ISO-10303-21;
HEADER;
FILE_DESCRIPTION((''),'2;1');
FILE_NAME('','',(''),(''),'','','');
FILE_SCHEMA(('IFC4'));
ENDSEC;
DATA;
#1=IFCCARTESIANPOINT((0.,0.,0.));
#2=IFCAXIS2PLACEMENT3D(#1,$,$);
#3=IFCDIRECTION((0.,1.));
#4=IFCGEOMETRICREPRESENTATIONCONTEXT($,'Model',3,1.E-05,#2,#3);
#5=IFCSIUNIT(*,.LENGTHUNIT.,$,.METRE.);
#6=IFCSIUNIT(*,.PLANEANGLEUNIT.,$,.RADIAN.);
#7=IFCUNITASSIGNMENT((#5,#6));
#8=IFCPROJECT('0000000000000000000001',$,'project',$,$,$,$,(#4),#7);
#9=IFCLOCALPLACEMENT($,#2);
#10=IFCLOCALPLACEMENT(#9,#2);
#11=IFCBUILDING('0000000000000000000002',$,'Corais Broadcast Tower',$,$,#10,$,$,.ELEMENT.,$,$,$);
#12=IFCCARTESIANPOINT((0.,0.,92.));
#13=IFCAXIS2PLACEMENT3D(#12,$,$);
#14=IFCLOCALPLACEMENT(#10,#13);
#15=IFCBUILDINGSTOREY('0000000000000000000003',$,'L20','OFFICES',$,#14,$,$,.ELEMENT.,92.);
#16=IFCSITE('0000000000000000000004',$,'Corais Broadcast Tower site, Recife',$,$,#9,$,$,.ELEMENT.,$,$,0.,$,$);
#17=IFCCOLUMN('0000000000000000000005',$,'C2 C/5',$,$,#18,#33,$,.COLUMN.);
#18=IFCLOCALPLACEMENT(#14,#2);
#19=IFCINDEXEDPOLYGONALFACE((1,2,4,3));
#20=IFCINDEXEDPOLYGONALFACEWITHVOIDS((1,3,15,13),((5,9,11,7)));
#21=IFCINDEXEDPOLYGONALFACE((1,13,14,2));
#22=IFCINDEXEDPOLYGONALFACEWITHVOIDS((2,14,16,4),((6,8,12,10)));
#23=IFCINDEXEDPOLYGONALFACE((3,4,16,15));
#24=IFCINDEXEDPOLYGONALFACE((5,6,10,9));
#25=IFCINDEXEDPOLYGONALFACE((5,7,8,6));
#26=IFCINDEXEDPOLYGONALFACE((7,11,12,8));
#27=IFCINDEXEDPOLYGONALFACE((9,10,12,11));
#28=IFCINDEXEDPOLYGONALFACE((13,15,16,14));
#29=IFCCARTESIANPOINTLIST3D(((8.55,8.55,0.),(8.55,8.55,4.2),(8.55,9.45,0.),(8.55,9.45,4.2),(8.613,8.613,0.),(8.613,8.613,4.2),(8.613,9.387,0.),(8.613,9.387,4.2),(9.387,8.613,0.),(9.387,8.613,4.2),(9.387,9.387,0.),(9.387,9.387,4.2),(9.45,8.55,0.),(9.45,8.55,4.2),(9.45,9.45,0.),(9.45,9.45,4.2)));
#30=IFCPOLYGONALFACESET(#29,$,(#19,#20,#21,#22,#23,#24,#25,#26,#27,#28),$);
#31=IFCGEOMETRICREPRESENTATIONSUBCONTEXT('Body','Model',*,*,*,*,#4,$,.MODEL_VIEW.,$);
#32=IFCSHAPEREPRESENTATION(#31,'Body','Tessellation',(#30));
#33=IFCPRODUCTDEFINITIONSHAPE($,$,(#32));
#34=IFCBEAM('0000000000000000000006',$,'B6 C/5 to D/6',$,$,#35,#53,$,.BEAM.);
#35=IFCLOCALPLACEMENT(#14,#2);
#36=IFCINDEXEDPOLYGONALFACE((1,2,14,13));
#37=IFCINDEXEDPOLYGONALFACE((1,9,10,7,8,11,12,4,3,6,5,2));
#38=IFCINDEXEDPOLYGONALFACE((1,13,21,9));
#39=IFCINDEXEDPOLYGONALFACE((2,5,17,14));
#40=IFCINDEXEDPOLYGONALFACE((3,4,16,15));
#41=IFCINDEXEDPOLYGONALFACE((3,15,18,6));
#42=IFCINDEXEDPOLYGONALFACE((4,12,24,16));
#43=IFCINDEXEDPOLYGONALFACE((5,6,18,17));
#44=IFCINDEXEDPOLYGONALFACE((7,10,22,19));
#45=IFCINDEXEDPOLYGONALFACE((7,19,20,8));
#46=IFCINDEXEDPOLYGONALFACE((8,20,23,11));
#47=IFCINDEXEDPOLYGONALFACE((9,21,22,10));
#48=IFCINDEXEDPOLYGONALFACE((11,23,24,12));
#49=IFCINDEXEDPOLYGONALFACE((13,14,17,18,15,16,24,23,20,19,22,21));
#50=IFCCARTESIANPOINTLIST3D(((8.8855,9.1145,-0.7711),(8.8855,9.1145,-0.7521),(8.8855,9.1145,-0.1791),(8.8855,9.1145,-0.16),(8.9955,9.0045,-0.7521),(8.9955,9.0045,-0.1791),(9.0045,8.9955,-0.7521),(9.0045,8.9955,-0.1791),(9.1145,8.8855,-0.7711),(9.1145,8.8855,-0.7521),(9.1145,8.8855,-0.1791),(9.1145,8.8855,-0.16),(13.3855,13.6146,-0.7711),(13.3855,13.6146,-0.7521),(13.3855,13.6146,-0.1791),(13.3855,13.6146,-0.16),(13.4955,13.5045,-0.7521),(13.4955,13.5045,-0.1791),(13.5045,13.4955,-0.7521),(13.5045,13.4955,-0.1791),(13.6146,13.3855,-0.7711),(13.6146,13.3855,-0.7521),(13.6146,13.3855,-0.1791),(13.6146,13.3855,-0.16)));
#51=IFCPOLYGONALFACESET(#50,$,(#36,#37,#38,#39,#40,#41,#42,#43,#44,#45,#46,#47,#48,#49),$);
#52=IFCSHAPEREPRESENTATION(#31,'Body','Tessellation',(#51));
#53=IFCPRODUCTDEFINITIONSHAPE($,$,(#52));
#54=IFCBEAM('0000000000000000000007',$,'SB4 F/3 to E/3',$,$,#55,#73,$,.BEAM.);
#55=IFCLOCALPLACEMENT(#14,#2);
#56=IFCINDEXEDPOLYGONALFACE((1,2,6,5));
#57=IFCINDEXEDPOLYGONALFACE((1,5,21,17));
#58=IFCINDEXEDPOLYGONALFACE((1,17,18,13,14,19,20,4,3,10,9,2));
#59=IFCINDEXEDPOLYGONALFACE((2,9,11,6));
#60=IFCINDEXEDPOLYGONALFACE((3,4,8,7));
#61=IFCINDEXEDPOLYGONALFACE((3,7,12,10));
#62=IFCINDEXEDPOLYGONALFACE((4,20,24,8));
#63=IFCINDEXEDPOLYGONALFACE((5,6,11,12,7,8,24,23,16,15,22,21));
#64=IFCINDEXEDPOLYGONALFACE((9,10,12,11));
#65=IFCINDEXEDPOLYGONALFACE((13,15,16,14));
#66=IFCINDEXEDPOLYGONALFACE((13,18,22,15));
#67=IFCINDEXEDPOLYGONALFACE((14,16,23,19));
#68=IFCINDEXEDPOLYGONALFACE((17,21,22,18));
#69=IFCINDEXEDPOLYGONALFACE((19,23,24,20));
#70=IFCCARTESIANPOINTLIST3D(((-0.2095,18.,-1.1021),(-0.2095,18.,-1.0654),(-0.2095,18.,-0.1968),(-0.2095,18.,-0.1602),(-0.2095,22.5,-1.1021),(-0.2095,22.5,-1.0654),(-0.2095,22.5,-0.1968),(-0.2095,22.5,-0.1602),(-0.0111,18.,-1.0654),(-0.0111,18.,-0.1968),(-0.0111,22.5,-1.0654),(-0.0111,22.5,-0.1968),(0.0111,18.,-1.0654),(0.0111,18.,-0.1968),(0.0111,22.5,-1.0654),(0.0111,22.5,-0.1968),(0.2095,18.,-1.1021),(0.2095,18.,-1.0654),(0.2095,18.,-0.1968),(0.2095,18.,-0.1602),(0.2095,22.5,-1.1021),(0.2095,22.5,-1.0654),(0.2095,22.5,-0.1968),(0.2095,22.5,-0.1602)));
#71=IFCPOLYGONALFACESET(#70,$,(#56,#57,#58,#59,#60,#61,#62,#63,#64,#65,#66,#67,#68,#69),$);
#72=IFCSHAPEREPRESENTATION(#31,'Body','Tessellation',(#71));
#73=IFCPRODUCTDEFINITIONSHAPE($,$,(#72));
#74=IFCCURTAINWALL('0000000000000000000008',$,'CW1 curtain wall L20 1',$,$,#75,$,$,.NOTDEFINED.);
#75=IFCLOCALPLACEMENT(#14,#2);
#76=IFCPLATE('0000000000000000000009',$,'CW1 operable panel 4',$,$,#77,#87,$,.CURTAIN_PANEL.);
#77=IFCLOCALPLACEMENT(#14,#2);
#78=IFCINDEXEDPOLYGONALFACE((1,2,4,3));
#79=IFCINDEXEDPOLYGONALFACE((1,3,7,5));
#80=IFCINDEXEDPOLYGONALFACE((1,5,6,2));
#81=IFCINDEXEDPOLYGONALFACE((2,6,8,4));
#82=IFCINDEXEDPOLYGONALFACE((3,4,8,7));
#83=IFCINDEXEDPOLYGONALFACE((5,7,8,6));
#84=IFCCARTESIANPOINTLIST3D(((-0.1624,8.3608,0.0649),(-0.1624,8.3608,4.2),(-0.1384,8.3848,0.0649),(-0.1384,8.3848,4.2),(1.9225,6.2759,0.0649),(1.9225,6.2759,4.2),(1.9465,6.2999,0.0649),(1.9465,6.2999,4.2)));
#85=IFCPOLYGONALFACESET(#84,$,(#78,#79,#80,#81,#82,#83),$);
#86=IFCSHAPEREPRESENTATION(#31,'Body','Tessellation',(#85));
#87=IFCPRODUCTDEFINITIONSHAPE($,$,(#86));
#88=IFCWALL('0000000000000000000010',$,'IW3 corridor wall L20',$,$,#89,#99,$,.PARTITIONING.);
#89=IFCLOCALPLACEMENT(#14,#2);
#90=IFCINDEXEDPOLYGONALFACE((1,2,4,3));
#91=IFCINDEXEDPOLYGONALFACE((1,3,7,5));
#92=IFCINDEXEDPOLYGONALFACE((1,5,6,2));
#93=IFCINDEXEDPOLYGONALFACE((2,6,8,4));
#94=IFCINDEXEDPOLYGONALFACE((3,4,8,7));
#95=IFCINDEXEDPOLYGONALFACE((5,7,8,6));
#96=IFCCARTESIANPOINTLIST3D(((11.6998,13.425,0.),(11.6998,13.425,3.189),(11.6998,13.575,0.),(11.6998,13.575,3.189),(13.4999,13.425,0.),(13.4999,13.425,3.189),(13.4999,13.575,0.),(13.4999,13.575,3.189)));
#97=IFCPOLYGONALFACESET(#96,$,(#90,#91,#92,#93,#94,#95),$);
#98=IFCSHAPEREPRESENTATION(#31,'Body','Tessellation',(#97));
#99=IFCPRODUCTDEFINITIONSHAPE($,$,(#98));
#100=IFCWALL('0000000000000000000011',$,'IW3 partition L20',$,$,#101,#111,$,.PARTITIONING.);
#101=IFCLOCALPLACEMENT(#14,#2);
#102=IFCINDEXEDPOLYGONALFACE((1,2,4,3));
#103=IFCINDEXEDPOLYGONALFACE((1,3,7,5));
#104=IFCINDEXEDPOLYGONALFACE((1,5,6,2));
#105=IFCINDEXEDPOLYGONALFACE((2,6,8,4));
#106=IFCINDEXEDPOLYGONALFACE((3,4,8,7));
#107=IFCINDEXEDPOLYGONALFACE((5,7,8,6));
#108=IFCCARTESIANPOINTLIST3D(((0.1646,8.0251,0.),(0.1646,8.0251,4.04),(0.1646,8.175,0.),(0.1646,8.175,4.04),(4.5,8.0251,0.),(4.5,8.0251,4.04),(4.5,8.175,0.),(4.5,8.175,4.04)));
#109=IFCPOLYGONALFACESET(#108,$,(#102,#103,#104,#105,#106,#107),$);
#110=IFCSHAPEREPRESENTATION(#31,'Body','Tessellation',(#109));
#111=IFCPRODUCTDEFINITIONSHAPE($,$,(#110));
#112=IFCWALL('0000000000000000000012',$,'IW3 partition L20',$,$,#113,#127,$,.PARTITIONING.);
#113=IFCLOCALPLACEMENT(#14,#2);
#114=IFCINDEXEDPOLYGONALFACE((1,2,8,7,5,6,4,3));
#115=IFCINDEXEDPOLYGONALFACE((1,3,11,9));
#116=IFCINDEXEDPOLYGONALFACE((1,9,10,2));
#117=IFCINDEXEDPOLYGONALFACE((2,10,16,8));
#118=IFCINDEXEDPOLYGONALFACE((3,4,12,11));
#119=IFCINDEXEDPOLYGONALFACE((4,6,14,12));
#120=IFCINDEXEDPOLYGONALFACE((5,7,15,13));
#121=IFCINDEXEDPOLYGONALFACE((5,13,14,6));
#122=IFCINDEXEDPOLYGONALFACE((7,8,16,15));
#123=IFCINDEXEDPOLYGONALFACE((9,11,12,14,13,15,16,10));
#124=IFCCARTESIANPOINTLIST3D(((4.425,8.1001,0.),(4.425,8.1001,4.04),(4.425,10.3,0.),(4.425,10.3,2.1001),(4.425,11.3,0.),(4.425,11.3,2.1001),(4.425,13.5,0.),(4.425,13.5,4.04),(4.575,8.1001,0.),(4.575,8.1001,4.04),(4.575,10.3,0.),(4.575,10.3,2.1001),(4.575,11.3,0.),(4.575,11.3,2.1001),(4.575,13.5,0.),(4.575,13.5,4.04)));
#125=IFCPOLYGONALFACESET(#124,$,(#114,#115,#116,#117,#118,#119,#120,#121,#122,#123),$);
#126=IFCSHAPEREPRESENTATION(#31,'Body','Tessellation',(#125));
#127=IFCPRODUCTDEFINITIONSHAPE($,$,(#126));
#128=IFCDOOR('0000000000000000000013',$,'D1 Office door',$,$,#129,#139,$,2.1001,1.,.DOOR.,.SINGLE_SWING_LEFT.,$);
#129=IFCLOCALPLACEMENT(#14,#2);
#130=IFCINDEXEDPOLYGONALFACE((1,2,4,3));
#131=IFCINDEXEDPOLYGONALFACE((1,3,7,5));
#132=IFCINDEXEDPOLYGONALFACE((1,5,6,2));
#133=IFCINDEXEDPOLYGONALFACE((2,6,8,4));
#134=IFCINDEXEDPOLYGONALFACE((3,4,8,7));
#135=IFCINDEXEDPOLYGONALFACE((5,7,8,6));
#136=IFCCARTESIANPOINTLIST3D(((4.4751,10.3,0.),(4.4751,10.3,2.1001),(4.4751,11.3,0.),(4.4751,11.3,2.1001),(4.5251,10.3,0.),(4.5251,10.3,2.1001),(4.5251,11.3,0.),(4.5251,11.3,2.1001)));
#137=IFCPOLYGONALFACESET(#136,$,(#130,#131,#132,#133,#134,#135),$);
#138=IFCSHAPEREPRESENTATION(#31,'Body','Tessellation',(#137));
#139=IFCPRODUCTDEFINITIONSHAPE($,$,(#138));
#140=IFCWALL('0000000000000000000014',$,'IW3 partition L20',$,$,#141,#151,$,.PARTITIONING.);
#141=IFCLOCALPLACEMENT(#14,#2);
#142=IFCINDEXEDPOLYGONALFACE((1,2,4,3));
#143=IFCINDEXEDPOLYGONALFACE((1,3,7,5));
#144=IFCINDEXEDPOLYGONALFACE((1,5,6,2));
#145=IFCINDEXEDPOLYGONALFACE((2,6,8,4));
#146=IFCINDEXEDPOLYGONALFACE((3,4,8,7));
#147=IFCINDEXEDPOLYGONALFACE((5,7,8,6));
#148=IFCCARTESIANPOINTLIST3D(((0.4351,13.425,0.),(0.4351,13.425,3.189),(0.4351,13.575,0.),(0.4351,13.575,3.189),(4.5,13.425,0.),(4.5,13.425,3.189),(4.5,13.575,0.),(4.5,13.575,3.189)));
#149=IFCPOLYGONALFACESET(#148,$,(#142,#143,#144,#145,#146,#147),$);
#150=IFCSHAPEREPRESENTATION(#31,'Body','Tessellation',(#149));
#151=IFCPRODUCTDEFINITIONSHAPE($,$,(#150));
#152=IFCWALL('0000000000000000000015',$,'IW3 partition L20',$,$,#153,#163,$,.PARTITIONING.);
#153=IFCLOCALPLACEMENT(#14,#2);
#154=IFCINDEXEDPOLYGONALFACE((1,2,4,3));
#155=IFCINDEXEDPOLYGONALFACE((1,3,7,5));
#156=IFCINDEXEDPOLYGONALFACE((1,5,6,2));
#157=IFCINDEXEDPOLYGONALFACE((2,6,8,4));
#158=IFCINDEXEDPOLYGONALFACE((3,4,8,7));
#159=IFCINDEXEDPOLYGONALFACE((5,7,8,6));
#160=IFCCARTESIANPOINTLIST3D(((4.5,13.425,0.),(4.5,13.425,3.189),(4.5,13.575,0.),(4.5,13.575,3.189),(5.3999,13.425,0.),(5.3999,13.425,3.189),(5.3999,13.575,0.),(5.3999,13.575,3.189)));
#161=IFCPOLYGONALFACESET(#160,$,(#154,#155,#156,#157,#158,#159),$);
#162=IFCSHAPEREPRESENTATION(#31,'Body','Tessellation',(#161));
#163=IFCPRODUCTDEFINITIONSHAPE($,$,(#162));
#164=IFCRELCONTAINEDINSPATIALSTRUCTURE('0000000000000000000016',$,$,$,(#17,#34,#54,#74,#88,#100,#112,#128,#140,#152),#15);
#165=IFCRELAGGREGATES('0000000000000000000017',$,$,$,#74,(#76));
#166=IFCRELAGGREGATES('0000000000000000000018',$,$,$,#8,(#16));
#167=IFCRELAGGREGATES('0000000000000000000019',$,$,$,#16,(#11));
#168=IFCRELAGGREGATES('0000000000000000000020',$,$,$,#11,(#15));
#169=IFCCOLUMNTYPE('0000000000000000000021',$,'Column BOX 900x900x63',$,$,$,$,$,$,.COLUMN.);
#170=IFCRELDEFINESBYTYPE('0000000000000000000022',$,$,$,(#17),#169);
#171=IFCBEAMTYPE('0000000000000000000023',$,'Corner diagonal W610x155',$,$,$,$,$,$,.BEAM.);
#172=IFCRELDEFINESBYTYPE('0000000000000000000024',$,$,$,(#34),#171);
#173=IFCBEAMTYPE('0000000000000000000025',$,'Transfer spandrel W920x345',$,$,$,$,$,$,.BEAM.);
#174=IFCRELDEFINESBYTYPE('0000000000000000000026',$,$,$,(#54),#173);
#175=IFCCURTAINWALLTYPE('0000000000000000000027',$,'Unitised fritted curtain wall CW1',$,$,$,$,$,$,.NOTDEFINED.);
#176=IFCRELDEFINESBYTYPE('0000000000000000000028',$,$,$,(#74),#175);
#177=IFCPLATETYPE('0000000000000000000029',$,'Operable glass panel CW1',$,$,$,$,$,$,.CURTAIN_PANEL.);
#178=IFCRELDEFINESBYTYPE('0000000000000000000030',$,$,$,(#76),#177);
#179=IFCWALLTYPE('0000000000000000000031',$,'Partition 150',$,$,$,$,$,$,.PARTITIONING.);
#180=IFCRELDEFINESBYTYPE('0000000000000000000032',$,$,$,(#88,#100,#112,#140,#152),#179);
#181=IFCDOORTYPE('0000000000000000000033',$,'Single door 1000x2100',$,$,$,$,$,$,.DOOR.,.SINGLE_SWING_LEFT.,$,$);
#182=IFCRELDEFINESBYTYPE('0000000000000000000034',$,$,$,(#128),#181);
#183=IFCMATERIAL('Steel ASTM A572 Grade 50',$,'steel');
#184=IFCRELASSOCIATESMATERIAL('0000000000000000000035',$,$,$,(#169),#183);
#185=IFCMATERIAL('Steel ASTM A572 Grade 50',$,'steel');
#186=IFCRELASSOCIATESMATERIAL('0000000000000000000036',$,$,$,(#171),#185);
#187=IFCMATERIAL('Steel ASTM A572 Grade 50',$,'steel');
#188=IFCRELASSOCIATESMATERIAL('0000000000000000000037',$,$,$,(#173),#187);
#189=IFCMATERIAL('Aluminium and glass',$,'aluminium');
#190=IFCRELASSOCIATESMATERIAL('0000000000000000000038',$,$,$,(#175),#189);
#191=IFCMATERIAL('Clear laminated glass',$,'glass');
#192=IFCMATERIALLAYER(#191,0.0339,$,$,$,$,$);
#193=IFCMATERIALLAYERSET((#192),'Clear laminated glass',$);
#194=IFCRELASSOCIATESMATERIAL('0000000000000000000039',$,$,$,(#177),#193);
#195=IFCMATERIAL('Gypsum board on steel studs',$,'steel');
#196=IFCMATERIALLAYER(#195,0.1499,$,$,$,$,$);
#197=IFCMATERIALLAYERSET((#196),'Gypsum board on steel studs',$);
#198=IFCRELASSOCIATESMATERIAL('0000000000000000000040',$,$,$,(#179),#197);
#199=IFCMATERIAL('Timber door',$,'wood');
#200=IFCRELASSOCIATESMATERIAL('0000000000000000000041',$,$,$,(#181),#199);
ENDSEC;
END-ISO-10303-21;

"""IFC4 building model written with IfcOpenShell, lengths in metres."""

from ifc_helpers import new_model, si_unit, direction, frame, frame_2d, origin, origin_2d, place, context, subcontext, project, spatial, rectangle, hollow_rectangle, i_section, extrude, material, layer, layer_set, material_profile, profile_set, type_object, element, fill, aggregate, save


model = new_model("IFC4")

# Units and contexts
model_context = context("Model", 3, precision=1e-05, world=origin(), true_north=direction((0.0, 1.0)))
body_context = subcontext(model_context, "Body", "Model", "MODEL_VIEW")
ifc_project = project(units=[si_unit("LENGTHUNIT", "METRE"), si_unit("PLANEANGLEUNIT", "RADIAN")], contexts=[model_context])

# Site, building, storey
site_placement = place(None, origin())
site = spatial("IfcSite", under=ifc_project, at=site_placement, Name="Corais Broadcast Tower site, Recife", CompositionType="ELEMENT", RefElevation=0.0)
building_placement = place(site_placement, origin())
building = spatial("IfcBuilding", under=site, at=building_placement, Name="Corais Broadcast Tower", CompositionType="ELEMENT")
storey_placement = place(building_placement, frame((0.0, 0.0, 92.0)))
storey = spatial("IfcBuildingStorey", under=building, at=storey_placement, Name="L20", Description="OFFICES", CompositionType="ELEMENT", Elevation=92.0)

# Column
ifc_material_1 = material(Name="Steel ASTM A572 Grade 50", Category="steel")
ifc_material_profile_1 = material_profile(ifc_material_1, hollow_rectangle(XDim=0.8999, YDim=0.8999, WallThickness=0.063, at=origin_2d()), Name="BOX 900x900x63")
ifc_profile_set_1 = profile_set([ifc_material_profile_1], Name="Steel ASTM A572 Grade 50")
column_type = type_object("IfcColumnType", Name="Column BOX 900x900x63", PredefinedType="COLUMN", material=ifc_profile_set_1)
column_placement = place(storey_placement, frame((9.0, 9.0, 0.0), z_axis=(0.0, 0.0, 1.0), x_axis=(1.0, 0.0, 0.0)))
element("IfcColumn", 1, at=column_placement, inside=storey, type_object=column_type, Name="C2 C/5", PredefinedType="COLUMN", context=body_context, shape_type="SweptSolid", body=[
    extrude(hollow_rectangle(XDim=0.8999, YDim=0.8999, WallThickness=0.063, at=origin_2d()), origin(), (0.0, 0.0, 1.0), 4.2),
])

# Beams
ifc_material_2 = material(Name="Steel ASTM A572 Grade 50", Category="steel")
ifc_material_profile_2 = material_profile(ifc_material_2, i_section(OverallWidth=0.324, OverallDepth=0.6111, WebThickness=0.0127, FlangeThickness=0.019, at=origin_2d()), Name="W610x155")
ifc_profile_set_2 = profile_set([ifc_material_profile_2], Name="Steel ASTM A572 Grade 50")
beam_type_1 = type_object("IfcBeamType", Name="Corner diagonal W610x155", PredefinedType="BEAM", material=ifc_profile_set_2)
beam_1_placement = place(storey_placement, frame((9.0, 9.0, -0.4656), z_axis=(0.707107, 0.707107, 0.0), x_axis=(-0.707107, 0.707107, 0.0)))
element("IfcBeam", 2, at=beam_1_placement, inside=storey, type_object=beam_type_1, Name="B6 C/5 to D/6", PredefinedType="BEAM", context=body_context, shape_type="SweptSolid", body=[
    extrude(i_section(OverallWidth=0.324, OverallDepth=0.6111, WebThickness=0.0127, FlangeThickness=0.019, at=origin_2d()), origin(), (0.0, 0.0, 1.0), 6.364),
])
ifc_material_3 = material(Name="Steel ASTM A572 Grade 50", Category="steel")
ifc_material_profile_3 = material_profile(ifc_material_3, i_section(OverallWidth=0.4189, OverallDepth=0.9419, WebThickness=0.0222, FlangeThickness=0.0366, at=origin_2d()), Name="W920x345")
ifc_profile_set_3 = profile_set([ifc_material_profile_3], Name="Steel ASTM A572 Grade 50")
beam_type_2 = type_object("IfcBeamType", Name="Transfer spandrel W920x345", PredefinedType="BEAM", material=ifc_profile_set_3)
beam_2_placement = place(storey_placement, frame((0.0, 22.5, -0.6311), z_axis=(0.0, -1.0, 0.0), x_axis=(1.0, 0.0, 0.0)))
element("IfcBeam", 3, at=beam_2_placement, inside=storey, type_object=beam_type_2, Name="SB4 F/3 to E/3", PredefinedType="BEAM", context=body_context, shape_type="SweptSolid", body=[
    extrude(i_section(OverallWidth=0.4189, OverallDepth=0.9419, WebThickness=0.0222, FlangeThickness=0.0366, at=origin_2d()), origin(), (0.0, 0.0, 1.0), 4.5),
])

# Curtain wall, plate
ifc_material_4 = material(Name="Aluminium and glass", Category="aluminium")
curtain_wall_type = type_object("IfcCurtainWallType", Name="Unitised fritted curtain wall CW1", PredefinedType="NOTDEFINED", material=ifc_material_4)
curtain_wall_placement = place(storey_placement, origin())
curtain_wall = element("IfcCurtainWall", 4, at=curtain_wall_placement, inside=storey, type_object=curtain_wall_type, Name="CW1 curtain wall L20 1", PredefinedType="NOTDEFINED")
ifc_material_5 = material(Name="Clear laminated glass", Category="glass")
ifc_layer_1 = layer(ifc_material_5, 0.0339)
ifc_layer_set_1 = layer_set([ifc_layer_1], Name="Clear laminated glass")
plate_type = type_object("IfcPlateType", Name="Operable glass panel CW1", PredefinedType="CURTAIN_PANEL", material=ifc_layer_set_1)
plate_placement = place(storey_placement, frame((0.8921, 7.3303, 0.0649), z_axis=(0.0, 0.0, 1.0), x_axis=(-0.707107, 0.707107, 0.0)))
plate = element("IfcPlate", 5, at=plate_placement, type_object=plate_type, Name="CW1 operable panel 4", PredefinedType="CURTAIN_PANEL", context=body_context, shape_type="SweptSolid", body=[
    extrude(rectangle(XDim=2.9485, YDim=0.0339, at=origin_2d()), origin(), (0.0, 0.0, 1.0), 4.135),
])
aggregate(curtain_wall, [plate])

# Walls
ifc_material_6 = material(Name="Gypsum board on steel studs", Category="steel")
ifc_layer_2 = layer(ifc_material_6, 0.1499)
ifc_layer_set_2 = layer_set([ifc_layer_2], Name="Gypsum board on steel studs")
wall_type = type_object("IfcWallType", Name="Partition 150", PredefinedType="PARTITIONING", material=ifc_layer_set_2)
wall_1_placement = place(storey_placement, frame((11.7, 13.5, 0.0), z_axis=(0.0, 0.0, 1.0), x_axis=(1.0, 0.0, 0.0)))
element("IfcWall", 6, at=wall_1_placement, inside=storey, type_object=wall_type, Name="IW3 corridor wall L20", PredefinedType="PARTITIONING", context=body_context, shape_type="SweptSolid", body=[
    extrude(rectangle(XDim=1.8, YDim=0.1499, at=frame_2d((0.8999, 0.0))), origin(), (0.0, 0.0, 1.0), 3.189),
])
wall_2_placement = place(storey_placement, frame((0.1646, 8.1001, 0.0), z_axis=(0.0, 0.0, 1.0), x_axis=(1.0, 0.0, 0.0)))
element("IfcWall", 7, at=wall_2_placement, inside=storey, type_object=wall_type, Name="IW3 partition L20", PredefinedType="PARTITIONING", context=body_context, shape_type="SweptSolid", body=[
    extrude(rectangle(XDim=4.3354, YDim=0.1499, at=frame_2d((2.1677, 0.0))), origin(), (0.0, 0.0, 1.0), 4.04),
])

# Wall, opening, door
wall_3_placement = place(storey_placement, frame((4.5, 8.1001, 0.0), z_axis=(0.0, 0.0, 1.0), x_axis=(0.0, 1.0, 0.0)))
wall_3 = element("IfcWall", 8, at=wall_3_placement, inside=storey, type_object=wall_type, Name="IW3 partition L20", PredefinedType="PARTITIONING", context=body_context, shape_type="SweptSolid", body=[
    extrude(rectangle(XDim=5.3999, YDim=0.1499, at=frame_2d((2.7, 0.0))), origin(), (0.0, 0.0, 1.0), 4.04),
])
opening_1_placement = place(wall_3_placement, frame((2.2, 0.0, 0.0)))
opening_1 = element("IfcOpeningElement", 9, at=opening_1_placement, cuts=wall_3, PredefinedType="OPENING", context=body_context, shape_type="SweptSolid", body=[
    extrude(rectangle(XDim=1.0, YDim=2.1001, at=frame_2d((0.5, 1.05))), frame((0.0, 0.085, 0.0), z_axis=(0.0, -1.0, 0.0), x_axis=(1.0, 0.0, 0.0)), (0.0, 0.0, 1.0), 0.1699),
])
ifc_material_7 = material(Name="Timber door", Category="wood")
door_type = type_object("IfcDoorType", Name="Single door 1000x2100", OperationType="SINGLE_SWING_LEFT", PredefinedType="DOOR", material=ifc_material_7)
door_1_placement = place(opening_1_placement, origin())
door_1 = element("IfcDoor", 10, at=door_1_placement, inside=storey, type_object=door_type, Name="D1 Office door", OperationType="SINGLE_SWING_LEFT", OverallHeight=2.1001, OverallWidth=1.0, PredefinedType="DOOR", context=body_context, shape_type="SweptSolid", body=[
    extrude(rectangle(XDim=1.0, YDim=2.1001, at=frame_2d((0.5, 1.05))), frame((0.0, 0.0249, 0.0), z_axis=(0.0, -1.0, 0.0), x_axis=(1.0, 0.0, 0.0)), (0.0, 0.0, 1.0), 0.05),
])
fill(opening_1, door_1)

# Walls
wall_4_placement = place(storey_placement, frame((4.5, 13.5, 0.0), z_axis=(0.0, 0.0, 1.0), x_axis=(-1.0, 0.0, 0.0)))
element("IfcWall", 11, at=wall_4_placement, inside=storey, type_object=wall_type, Name="IW3 partition L20", PredefinedType="PARTITIONING", context=body_context, shape_type="SweptSolid", body=[
    extrude(rectangle(XDim=4.0649, YDim=0.1499, at=frame_2d((2.0325, 0.0))), origin(), (0.0, 0.0, 1.0), 3.189),
])
wall_5_placement = place(storey_placement, frame((4.5, 13.5, 0.0), z_axis=(0.0, 0.0, 1.0), x_axis=(1.0, 0.0, 0.0)))
element("IfcWall", 12, at=wall_5_placement, inside=storey, type_object=wall_type, Name="IW3 partition L20", PredefinedType="PARTITIONING", context=body_context, shape_type="SweptSolid", body=[
    extrude(rectangle(XDim=0.8999, YDim=0.1499, at=frame_2d((0.45, 0.0))), origin(), (0.0, 0.0, 1.0), 3.189),
])

save(model, "model.ifc")
